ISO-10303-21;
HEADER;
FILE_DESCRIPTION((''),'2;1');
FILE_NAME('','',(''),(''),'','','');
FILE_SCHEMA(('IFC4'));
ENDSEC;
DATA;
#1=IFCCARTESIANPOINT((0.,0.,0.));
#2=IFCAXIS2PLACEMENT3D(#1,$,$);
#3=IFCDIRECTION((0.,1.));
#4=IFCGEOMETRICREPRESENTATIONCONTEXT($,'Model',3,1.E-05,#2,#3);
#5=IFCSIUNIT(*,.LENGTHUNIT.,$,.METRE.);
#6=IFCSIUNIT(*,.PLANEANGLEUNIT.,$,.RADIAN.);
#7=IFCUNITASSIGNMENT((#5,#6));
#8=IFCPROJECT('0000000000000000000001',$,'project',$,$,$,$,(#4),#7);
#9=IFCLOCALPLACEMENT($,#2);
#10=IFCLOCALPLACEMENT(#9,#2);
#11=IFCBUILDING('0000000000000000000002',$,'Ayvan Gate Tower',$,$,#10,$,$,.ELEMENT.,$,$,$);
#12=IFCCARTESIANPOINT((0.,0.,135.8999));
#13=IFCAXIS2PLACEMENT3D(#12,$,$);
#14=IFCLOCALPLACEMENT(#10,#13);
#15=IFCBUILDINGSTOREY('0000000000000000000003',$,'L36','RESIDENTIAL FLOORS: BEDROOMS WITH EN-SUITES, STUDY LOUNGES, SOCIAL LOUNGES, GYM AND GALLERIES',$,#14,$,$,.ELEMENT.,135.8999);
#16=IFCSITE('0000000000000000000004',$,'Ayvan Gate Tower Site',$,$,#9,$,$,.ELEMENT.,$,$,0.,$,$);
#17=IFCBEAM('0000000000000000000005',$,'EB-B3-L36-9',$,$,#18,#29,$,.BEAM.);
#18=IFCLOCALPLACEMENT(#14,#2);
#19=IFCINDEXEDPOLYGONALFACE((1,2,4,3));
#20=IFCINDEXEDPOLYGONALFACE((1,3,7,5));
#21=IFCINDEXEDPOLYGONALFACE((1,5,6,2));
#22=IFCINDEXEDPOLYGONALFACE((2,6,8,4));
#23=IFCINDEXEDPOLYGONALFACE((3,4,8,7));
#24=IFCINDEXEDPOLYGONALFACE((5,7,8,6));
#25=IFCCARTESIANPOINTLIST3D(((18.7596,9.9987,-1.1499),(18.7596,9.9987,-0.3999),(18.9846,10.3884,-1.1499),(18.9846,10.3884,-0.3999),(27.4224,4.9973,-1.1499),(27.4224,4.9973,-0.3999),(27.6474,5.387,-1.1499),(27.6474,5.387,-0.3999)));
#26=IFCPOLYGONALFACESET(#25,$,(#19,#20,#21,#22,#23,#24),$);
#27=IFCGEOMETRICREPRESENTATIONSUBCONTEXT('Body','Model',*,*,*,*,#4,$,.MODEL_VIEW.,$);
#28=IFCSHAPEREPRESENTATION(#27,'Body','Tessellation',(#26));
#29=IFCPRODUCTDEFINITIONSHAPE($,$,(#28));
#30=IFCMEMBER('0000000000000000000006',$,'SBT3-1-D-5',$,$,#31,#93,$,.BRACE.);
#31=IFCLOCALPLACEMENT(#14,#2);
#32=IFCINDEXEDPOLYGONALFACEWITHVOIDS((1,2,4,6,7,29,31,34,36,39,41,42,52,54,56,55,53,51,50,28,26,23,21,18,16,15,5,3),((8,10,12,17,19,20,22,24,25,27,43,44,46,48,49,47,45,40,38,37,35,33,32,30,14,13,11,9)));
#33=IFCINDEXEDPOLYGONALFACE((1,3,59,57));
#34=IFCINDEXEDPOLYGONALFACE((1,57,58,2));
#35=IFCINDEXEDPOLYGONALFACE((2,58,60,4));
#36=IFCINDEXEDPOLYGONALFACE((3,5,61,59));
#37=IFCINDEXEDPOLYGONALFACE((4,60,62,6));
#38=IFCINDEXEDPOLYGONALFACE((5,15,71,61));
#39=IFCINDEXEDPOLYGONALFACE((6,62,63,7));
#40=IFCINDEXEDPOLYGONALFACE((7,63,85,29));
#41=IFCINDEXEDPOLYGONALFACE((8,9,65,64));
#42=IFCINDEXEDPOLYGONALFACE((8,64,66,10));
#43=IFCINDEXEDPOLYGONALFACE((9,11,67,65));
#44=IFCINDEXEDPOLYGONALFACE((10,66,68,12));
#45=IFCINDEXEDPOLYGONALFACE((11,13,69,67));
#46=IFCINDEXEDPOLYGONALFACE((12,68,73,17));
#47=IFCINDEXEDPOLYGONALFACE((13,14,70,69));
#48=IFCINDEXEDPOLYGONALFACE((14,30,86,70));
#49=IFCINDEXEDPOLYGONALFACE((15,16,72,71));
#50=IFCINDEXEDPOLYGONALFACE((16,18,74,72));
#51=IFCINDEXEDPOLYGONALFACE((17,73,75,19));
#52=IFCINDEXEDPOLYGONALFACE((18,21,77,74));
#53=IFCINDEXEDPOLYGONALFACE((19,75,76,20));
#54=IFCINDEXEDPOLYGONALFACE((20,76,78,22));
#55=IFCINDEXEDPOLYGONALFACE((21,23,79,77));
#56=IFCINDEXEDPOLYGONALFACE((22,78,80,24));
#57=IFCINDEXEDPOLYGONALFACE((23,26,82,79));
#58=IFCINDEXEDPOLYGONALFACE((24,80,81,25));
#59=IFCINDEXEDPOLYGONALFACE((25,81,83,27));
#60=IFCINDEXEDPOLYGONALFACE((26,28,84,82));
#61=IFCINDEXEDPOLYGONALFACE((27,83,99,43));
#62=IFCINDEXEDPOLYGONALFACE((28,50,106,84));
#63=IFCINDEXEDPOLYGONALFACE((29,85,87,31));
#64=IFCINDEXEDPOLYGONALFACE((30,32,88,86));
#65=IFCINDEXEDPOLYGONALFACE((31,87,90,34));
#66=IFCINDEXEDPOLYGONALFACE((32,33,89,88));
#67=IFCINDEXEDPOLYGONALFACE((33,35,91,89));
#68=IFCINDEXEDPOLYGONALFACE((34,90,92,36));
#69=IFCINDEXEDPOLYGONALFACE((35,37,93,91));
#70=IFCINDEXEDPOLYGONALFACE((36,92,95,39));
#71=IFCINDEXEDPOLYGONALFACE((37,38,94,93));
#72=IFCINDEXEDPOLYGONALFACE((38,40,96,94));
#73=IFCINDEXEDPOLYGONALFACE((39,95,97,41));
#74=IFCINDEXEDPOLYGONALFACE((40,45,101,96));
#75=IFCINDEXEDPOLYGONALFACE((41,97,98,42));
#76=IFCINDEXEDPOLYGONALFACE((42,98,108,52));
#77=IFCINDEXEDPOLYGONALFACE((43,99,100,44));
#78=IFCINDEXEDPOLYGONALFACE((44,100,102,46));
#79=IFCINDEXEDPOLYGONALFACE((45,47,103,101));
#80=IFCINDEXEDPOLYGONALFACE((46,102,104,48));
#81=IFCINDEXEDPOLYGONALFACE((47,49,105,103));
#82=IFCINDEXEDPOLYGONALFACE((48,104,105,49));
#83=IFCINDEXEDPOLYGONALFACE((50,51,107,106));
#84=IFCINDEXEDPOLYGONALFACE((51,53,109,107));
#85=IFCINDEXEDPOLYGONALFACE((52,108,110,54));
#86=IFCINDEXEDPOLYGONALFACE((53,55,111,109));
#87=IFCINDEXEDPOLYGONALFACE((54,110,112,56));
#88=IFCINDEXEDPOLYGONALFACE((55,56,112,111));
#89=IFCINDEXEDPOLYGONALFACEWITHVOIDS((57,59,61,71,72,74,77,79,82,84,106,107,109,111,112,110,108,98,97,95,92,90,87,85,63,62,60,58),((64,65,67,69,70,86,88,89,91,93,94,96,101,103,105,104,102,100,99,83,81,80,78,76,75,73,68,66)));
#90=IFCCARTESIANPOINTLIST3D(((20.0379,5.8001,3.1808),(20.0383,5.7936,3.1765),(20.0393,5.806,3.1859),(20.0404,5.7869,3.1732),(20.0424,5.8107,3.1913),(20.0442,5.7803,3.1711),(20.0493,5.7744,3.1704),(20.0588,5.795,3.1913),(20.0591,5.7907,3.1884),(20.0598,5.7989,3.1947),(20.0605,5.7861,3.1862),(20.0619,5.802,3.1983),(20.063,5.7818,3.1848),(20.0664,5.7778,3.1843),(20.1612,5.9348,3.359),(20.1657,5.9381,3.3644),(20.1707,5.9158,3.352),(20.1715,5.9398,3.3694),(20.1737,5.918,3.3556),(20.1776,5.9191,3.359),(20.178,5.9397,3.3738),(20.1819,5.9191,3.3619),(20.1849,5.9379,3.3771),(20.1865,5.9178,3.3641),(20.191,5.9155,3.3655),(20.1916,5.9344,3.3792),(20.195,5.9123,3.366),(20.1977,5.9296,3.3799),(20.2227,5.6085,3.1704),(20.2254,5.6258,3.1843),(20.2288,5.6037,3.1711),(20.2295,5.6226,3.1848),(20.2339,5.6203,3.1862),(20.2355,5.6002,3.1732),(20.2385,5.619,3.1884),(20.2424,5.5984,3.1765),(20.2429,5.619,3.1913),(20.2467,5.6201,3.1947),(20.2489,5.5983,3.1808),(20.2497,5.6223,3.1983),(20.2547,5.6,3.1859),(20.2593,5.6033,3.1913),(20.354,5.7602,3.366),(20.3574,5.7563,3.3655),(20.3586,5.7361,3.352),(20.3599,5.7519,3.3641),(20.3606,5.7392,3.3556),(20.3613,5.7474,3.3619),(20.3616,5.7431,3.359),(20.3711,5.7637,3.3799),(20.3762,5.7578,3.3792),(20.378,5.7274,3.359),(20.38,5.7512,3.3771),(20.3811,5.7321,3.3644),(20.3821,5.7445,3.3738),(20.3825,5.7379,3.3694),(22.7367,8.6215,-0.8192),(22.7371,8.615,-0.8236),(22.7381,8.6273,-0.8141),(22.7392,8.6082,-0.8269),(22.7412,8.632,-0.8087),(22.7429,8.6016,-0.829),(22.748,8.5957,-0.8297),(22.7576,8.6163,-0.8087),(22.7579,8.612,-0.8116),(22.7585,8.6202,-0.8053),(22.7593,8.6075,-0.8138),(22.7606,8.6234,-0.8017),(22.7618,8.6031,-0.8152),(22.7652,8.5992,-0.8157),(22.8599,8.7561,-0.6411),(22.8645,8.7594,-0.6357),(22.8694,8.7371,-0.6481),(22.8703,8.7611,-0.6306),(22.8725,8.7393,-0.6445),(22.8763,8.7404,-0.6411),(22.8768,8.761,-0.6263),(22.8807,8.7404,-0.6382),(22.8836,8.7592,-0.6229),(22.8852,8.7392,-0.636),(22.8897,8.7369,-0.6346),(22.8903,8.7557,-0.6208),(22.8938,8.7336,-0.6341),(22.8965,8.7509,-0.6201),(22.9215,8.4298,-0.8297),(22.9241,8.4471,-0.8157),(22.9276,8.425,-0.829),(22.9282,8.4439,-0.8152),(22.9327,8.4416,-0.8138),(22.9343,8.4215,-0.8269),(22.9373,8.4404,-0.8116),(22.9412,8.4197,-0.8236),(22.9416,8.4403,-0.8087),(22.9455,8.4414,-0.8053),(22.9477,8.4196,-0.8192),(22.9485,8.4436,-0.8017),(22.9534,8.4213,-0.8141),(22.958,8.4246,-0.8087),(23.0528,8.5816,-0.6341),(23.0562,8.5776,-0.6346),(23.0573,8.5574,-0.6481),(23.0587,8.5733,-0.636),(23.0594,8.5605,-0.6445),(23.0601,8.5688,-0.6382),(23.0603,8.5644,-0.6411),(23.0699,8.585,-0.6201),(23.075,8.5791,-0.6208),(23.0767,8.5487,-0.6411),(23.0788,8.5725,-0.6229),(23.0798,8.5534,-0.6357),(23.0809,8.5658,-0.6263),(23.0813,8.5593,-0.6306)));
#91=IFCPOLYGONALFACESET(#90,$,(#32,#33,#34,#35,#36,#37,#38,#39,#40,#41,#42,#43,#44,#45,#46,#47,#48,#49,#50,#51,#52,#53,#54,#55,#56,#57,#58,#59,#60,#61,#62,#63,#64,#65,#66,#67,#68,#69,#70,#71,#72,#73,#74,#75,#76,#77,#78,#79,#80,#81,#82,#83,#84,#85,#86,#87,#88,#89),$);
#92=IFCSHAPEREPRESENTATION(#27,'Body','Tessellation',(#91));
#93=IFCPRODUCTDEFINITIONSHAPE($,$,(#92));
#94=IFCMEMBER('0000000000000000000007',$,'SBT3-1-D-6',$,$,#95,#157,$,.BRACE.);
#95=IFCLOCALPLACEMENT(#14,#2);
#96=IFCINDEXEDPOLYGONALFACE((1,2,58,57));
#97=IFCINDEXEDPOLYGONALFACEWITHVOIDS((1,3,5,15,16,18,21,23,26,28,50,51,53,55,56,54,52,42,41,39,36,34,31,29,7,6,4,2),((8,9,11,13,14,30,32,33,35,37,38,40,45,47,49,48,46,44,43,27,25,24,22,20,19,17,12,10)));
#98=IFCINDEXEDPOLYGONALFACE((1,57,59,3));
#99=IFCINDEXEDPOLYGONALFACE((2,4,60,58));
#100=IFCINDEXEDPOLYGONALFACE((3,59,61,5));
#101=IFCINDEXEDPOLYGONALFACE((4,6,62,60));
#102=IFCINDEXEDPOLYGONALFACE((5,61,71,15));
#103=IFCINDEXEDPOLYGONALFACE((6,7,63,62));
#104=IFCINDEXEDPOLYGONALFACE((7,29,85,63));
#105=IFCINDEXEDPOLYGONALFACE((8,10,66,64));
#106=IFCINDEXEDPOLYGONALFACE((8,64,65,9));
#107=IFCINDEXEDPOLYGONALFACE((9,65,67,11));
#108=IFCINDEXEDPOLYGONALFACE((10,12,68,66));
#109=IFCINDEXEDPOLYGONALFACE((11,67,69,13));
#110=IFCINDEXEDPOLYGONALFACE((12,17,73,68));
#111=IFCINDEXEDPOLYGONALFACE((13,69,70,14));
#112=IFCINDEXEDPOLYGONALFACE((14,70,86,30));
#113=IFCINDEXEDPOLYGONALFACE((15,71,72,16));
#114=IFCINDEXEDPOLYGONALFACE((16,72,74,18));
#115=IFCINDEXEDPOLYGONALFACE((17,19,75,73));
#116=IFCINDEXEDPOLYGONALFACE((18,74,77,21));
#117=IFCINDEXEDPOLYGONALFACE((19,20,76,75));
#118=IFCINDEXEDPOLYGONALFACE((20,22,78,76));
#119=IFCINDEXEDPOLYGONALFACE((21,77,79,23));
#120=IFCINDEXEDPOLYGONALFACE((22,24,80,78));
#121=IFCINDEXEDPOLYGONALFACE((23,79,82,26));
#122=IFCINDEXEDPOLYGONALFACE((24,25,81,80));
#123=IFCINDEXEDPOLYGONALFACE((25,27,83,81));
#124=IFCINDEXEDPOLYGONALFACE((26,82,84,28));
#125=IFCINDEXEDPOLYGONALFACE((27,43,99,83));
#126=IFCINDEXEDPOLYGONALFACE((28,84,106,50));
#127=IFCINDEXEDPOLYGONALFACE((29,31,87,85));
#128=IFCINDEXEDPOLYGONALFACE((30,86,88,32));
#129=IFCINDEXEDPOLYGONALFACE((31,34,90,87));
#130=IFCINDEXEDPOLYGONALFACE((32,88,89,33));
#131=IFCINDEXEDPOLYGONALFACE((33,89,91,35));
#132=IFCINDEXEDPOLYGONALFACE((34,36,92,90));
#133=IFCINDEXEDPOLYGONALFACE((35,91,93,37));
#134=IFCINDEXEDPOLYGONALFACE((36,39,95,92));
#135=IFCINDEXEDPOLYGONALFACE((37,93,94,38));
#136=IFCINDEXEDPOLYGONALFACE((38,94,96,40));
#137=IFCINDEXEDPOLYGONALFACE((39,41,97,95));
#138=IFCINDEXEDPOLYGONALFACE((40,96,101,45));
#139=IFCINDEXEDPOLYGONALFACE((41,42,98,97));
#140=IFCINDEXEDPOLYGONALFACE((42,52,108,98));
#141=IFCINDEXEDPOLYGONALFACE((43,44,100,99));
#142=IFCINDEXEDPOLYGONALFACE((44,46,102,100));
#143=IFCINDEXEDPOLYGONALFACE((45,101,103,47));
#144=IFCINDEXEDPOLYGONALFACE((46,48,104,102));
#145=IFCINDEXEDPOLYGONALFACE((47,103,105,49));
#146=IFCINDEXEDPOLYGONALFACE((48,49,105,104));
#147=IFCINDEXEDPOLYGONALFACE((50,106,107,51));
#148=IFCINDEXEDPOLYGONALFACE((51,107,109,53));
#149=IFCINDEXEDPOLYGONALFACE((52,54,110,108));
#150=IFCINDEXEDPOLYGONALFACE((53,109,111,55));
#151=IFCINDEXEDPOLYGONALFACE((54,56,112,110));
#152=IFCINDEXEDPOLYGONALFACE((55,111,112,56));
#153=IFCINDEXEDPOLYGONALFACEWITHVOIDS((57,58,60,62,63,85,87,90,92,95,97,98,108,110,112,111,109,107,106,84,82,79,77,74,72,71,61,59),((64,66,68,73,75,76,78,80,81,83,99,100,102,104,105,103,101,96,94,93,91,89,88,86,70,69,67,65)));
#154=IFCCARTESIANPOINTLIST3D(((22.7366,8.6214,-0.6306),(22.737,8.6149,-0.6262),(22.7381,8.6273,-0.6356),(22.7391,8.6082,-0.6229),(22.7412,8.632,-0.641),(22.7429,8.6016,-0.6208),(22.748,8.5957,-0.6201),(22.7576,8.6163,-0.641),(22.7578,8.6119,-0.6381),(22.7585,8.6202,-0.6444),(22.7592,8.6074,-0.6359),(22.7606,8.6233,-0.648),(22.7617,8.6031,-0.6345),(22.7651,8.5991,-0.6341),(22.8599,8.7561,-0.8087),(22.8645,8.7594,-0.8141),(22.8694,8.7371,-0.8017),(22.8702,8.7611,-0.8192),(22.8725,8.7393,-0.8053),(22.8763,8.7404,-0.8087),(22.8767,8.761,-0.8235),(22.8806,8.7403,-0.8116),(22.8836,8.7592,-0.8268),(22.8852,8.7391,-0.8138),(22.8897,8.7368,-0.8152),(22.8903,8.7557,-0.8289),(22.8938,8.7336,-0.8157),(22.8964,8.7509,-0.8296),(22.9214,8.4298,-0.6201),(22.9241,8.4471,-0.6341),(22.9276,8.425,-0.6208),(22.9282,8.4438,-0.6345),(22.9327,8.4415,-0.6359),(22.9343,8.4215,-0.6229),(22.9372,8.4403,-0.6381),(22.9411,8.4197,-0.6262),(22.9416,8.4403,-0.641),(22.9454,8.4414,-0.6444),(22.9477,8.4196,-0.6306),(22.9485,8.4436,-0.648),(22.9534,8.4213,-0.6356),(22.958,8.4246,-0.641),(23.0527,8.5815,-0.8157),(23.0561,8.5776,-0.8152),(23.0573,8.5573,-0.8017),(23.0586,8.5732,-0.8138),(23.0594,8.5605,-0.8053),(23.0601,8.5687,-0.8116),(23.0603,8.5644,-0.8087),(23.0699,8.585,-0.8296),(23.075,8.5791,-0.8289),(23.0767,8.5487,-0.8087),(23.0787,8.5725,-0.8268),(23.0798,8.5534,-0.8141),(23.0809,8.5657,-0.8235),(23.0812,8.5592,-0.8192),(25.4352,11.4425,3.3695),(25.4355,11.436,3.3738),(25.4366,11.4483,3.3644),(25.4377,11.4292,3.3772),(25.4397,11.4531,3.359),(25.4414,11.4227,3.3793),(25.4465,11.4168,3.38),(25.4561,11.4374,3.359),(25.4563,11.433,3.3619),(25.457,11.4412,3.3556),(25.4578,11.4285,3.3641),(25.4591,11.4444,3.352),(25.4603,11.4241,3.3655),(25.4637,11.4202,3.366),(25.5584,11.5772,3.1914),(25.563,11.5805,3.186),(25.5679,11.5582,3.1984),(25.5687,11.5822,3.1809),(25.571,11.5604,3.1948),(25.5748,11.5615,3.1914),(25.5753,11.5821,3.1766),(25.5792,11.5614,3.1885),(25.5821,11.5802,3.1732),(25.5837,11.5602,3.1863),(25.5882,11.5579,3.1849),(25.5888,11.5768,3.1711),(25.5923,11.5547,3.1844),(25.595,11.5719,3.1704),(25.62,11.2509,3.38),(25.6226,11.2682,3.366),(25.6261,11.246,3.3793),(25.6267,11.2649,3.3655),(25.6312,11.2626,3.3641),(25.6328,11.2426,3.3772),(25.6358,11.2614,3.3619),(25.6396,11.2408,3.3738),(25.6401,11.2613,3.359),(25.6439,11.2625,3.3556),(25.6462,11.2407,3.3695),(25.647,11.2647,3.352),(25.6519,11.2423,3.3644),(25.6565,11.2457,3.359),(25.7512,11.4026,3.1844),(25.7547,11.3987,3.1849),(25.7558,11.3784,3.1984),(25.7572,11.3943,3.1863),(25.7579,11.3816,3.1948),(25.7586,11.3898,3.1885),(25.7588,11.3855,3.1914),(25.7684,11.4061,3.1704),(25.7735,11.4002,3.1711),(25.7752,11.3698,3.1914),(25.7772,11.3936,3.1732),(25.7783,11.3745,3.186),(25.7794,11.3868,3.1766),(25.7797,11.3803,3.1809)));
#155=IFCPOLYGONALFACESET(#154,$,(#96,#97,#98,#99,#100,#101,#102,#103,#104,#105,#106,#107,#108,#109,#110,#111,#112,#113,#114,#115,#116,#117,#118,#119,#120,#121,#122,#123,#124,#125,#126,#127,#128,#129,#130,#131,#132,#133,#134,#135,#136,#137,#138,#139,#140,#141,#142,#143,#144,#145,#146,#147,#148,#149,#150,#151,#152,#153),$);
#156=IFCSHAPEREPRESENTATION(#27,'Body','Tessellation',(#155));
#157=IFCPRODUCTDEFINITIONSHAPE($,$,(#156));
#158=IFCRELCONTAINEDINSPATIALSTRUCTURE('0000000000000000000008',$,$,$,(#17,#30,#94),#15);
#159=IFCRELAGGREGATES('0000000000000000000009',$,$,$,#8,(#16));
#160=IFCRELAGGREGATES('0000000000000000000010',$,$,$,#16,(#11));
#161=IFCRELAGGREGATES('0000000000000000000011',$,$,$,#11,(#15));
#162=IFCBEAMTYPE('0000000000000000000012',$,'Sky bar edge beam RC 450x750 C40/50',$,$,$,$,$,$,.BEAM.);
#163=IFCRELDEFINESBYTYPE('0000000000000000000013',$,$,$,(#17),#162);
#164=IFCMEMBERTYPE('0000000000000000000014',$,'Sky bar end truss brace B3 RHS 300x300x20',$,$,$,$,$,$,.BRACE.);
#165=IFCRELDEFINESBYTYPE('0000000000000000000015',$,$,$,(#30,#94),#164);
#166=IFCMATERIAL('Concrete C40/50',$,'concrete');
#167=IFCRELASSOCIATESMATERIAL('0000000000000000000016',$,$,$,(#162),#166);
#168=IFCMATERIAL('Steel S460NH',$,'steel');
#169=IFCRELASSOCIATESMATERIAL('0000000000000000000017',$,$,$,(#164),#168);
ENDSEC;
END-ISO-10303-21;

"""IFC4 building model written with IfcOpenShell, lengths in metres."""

from ifc_helpers import new_model, si_unit, direction, frame, origin, origin_2d, place, context, subcontext, project, spatial, rectangle, hollow_rectangle, extrude, material, material_profile, profile_set, type_object, element, save


model = new_model("IFC4")

# Units and contexts
model_context = context("Model", 3, precision=1e-05, world=origin(), true_north=direction((0.0, 1.0)))
body_context = subcontext(model_context, "Body", "Model", "MODEL_VIEW")
ifc_project = project(units=[si_unit("LENGTHUNIT", "METRE"), si_unit("PLANEANGLEUNIT", "RADIAN")], contexts=[model_context])

# Site, building, storey
site_placement = place(None, origin())
site = spatial("IfcSite", under=ifc_project, at=site_placement, Name="Ayvan Gate Tower Site", CompositionType="ELEMENT", RefElevation=0.0)
building_placement = place(site_placement, origin())
building = spatial("IfcBuilding", under=site, at=building_placement, Name="Ayvan Gate Tower", CompositionType="ELEMENT")
storey_placement = place(building_placement, frame((0.0, 0.0, 135.8999)))
storey = spatial("IfcBuildingStorey", under=building, at=storey_placement, Name="L36", Description="RESIDENTIAL FLOORS: BEDROOMS WITH EN-SUITES, STUDY LOUNGES, SOCIAL LOUNGES, GYM AND GALLERIES", CompositionType="ELEMENT", Elevation=135.8999)

# Beam
ifc_material_1 = material(Name="Concrete C40/50", Category="concrete")
ifc_material_profile_1 = material_profile(ifc_material_1, rectangle(XDim=0.45, YDim=0.75, at=origin_2d()), Name="RC 450x750")
ifc_profile_set_1 = profile_set([ifc_material_profile_1], Name="Concrete C40/50")
beam_type = type_object("IfcBeamType", Name="Sky bar edge beam RC 450x750 C40/50", PredefinedType="BEAM", material=ifc_profile_set_1)
beam_placement = place(storey_placement, frame((27.5349, 5.1921, -0.7749), z_axis=(-0.866027, 0.499998, 0.0), x_axis=(-0.499998, -0.866027, 0.0)))
element("IfcBeam", 1, at=beam_placement, inside=storey, type_object=beam_type, Name="EB-B3-L36-9", PredefinedType="BEAM", context=body_context, shape_type="SweptSolid", body=[
    extrude(rectangle(XDim=0.45, YDim=0.75, at=origin_2d()), origin(), (0.0, 0.0, 1.0), 10.0029),
])

# Members
ifc_material_2 = material(Name="Steel S460NH", Category="steel")
ifc_material_profile_2 = material_profile(ifc_material_2, hollow_rectangle(XDim=0.3, YDim=0.3, WallThickness=0.02, InnerFilletRadius=0.02, OuterFilletRadius=0.03, at=origin_2d()), Name="RHS 300x300x20")
ifc_profile_set_2 = profile_set([ifc_material_profile_2], Name="Steel S460NH")
member_type_1 = type_object("IfcMemberType", Name="Sky bar end truss brace B3 RHS 300x300x20", PredefinedType="BRACE", material=ifc_profile_set_2)
member_1_placement = place(storey_placement, frame((20.2102, 5.769, 3.2751), z_axis=(0.482819, 0.504746, -0.715624), x_axis=(-0.722628, 0.691237, 0.0)))
element("IfcMember", 2, at=member_1_placement, inside=storey, type_object=member_type_1, Name="SBT3-1-D-5", PredefinedType="BRACE", context=body_context, shape_type="SweptSolid", body=[
    extrude(hollow_rectangle(XDim=0.3, YDim=0.3, WallThickness=0.02, InnerFilletRadius=0.02, OuterFilletRadius=0.03, at=origin_2d()), origin(), (0.0, 0.0, 1.0), 5.5896),
])
for number, where, z_axis, x_axis, name in (
    (3, (22.9089, 8.5903, -0.7249), (0.482796, 0.504724, 0.715655), (-0.72263, 0.691235, 0.0), "SBT3-1-D-6"),
):
    element("IfcMember", number, at=place(storey_placement, frame(where, z_axis=z_axis, x_axis=x_axis)), inside=storey, type_object=member_type_1, Name=name, PredefinedType="BRACE", context=body_context, shape_type="SweptSolid", body=[
        extrude(hollow_rectangle(XDim=0.3, YDim=0.3, WallThickness=0.02, InnerFilletRadius=0.02, OuterFilletRadius=0.03, at=origin_2d()), origin(), (0.0, 0.0, 1.0), 5.5894),
    ])

save(model, "model.ifc")
